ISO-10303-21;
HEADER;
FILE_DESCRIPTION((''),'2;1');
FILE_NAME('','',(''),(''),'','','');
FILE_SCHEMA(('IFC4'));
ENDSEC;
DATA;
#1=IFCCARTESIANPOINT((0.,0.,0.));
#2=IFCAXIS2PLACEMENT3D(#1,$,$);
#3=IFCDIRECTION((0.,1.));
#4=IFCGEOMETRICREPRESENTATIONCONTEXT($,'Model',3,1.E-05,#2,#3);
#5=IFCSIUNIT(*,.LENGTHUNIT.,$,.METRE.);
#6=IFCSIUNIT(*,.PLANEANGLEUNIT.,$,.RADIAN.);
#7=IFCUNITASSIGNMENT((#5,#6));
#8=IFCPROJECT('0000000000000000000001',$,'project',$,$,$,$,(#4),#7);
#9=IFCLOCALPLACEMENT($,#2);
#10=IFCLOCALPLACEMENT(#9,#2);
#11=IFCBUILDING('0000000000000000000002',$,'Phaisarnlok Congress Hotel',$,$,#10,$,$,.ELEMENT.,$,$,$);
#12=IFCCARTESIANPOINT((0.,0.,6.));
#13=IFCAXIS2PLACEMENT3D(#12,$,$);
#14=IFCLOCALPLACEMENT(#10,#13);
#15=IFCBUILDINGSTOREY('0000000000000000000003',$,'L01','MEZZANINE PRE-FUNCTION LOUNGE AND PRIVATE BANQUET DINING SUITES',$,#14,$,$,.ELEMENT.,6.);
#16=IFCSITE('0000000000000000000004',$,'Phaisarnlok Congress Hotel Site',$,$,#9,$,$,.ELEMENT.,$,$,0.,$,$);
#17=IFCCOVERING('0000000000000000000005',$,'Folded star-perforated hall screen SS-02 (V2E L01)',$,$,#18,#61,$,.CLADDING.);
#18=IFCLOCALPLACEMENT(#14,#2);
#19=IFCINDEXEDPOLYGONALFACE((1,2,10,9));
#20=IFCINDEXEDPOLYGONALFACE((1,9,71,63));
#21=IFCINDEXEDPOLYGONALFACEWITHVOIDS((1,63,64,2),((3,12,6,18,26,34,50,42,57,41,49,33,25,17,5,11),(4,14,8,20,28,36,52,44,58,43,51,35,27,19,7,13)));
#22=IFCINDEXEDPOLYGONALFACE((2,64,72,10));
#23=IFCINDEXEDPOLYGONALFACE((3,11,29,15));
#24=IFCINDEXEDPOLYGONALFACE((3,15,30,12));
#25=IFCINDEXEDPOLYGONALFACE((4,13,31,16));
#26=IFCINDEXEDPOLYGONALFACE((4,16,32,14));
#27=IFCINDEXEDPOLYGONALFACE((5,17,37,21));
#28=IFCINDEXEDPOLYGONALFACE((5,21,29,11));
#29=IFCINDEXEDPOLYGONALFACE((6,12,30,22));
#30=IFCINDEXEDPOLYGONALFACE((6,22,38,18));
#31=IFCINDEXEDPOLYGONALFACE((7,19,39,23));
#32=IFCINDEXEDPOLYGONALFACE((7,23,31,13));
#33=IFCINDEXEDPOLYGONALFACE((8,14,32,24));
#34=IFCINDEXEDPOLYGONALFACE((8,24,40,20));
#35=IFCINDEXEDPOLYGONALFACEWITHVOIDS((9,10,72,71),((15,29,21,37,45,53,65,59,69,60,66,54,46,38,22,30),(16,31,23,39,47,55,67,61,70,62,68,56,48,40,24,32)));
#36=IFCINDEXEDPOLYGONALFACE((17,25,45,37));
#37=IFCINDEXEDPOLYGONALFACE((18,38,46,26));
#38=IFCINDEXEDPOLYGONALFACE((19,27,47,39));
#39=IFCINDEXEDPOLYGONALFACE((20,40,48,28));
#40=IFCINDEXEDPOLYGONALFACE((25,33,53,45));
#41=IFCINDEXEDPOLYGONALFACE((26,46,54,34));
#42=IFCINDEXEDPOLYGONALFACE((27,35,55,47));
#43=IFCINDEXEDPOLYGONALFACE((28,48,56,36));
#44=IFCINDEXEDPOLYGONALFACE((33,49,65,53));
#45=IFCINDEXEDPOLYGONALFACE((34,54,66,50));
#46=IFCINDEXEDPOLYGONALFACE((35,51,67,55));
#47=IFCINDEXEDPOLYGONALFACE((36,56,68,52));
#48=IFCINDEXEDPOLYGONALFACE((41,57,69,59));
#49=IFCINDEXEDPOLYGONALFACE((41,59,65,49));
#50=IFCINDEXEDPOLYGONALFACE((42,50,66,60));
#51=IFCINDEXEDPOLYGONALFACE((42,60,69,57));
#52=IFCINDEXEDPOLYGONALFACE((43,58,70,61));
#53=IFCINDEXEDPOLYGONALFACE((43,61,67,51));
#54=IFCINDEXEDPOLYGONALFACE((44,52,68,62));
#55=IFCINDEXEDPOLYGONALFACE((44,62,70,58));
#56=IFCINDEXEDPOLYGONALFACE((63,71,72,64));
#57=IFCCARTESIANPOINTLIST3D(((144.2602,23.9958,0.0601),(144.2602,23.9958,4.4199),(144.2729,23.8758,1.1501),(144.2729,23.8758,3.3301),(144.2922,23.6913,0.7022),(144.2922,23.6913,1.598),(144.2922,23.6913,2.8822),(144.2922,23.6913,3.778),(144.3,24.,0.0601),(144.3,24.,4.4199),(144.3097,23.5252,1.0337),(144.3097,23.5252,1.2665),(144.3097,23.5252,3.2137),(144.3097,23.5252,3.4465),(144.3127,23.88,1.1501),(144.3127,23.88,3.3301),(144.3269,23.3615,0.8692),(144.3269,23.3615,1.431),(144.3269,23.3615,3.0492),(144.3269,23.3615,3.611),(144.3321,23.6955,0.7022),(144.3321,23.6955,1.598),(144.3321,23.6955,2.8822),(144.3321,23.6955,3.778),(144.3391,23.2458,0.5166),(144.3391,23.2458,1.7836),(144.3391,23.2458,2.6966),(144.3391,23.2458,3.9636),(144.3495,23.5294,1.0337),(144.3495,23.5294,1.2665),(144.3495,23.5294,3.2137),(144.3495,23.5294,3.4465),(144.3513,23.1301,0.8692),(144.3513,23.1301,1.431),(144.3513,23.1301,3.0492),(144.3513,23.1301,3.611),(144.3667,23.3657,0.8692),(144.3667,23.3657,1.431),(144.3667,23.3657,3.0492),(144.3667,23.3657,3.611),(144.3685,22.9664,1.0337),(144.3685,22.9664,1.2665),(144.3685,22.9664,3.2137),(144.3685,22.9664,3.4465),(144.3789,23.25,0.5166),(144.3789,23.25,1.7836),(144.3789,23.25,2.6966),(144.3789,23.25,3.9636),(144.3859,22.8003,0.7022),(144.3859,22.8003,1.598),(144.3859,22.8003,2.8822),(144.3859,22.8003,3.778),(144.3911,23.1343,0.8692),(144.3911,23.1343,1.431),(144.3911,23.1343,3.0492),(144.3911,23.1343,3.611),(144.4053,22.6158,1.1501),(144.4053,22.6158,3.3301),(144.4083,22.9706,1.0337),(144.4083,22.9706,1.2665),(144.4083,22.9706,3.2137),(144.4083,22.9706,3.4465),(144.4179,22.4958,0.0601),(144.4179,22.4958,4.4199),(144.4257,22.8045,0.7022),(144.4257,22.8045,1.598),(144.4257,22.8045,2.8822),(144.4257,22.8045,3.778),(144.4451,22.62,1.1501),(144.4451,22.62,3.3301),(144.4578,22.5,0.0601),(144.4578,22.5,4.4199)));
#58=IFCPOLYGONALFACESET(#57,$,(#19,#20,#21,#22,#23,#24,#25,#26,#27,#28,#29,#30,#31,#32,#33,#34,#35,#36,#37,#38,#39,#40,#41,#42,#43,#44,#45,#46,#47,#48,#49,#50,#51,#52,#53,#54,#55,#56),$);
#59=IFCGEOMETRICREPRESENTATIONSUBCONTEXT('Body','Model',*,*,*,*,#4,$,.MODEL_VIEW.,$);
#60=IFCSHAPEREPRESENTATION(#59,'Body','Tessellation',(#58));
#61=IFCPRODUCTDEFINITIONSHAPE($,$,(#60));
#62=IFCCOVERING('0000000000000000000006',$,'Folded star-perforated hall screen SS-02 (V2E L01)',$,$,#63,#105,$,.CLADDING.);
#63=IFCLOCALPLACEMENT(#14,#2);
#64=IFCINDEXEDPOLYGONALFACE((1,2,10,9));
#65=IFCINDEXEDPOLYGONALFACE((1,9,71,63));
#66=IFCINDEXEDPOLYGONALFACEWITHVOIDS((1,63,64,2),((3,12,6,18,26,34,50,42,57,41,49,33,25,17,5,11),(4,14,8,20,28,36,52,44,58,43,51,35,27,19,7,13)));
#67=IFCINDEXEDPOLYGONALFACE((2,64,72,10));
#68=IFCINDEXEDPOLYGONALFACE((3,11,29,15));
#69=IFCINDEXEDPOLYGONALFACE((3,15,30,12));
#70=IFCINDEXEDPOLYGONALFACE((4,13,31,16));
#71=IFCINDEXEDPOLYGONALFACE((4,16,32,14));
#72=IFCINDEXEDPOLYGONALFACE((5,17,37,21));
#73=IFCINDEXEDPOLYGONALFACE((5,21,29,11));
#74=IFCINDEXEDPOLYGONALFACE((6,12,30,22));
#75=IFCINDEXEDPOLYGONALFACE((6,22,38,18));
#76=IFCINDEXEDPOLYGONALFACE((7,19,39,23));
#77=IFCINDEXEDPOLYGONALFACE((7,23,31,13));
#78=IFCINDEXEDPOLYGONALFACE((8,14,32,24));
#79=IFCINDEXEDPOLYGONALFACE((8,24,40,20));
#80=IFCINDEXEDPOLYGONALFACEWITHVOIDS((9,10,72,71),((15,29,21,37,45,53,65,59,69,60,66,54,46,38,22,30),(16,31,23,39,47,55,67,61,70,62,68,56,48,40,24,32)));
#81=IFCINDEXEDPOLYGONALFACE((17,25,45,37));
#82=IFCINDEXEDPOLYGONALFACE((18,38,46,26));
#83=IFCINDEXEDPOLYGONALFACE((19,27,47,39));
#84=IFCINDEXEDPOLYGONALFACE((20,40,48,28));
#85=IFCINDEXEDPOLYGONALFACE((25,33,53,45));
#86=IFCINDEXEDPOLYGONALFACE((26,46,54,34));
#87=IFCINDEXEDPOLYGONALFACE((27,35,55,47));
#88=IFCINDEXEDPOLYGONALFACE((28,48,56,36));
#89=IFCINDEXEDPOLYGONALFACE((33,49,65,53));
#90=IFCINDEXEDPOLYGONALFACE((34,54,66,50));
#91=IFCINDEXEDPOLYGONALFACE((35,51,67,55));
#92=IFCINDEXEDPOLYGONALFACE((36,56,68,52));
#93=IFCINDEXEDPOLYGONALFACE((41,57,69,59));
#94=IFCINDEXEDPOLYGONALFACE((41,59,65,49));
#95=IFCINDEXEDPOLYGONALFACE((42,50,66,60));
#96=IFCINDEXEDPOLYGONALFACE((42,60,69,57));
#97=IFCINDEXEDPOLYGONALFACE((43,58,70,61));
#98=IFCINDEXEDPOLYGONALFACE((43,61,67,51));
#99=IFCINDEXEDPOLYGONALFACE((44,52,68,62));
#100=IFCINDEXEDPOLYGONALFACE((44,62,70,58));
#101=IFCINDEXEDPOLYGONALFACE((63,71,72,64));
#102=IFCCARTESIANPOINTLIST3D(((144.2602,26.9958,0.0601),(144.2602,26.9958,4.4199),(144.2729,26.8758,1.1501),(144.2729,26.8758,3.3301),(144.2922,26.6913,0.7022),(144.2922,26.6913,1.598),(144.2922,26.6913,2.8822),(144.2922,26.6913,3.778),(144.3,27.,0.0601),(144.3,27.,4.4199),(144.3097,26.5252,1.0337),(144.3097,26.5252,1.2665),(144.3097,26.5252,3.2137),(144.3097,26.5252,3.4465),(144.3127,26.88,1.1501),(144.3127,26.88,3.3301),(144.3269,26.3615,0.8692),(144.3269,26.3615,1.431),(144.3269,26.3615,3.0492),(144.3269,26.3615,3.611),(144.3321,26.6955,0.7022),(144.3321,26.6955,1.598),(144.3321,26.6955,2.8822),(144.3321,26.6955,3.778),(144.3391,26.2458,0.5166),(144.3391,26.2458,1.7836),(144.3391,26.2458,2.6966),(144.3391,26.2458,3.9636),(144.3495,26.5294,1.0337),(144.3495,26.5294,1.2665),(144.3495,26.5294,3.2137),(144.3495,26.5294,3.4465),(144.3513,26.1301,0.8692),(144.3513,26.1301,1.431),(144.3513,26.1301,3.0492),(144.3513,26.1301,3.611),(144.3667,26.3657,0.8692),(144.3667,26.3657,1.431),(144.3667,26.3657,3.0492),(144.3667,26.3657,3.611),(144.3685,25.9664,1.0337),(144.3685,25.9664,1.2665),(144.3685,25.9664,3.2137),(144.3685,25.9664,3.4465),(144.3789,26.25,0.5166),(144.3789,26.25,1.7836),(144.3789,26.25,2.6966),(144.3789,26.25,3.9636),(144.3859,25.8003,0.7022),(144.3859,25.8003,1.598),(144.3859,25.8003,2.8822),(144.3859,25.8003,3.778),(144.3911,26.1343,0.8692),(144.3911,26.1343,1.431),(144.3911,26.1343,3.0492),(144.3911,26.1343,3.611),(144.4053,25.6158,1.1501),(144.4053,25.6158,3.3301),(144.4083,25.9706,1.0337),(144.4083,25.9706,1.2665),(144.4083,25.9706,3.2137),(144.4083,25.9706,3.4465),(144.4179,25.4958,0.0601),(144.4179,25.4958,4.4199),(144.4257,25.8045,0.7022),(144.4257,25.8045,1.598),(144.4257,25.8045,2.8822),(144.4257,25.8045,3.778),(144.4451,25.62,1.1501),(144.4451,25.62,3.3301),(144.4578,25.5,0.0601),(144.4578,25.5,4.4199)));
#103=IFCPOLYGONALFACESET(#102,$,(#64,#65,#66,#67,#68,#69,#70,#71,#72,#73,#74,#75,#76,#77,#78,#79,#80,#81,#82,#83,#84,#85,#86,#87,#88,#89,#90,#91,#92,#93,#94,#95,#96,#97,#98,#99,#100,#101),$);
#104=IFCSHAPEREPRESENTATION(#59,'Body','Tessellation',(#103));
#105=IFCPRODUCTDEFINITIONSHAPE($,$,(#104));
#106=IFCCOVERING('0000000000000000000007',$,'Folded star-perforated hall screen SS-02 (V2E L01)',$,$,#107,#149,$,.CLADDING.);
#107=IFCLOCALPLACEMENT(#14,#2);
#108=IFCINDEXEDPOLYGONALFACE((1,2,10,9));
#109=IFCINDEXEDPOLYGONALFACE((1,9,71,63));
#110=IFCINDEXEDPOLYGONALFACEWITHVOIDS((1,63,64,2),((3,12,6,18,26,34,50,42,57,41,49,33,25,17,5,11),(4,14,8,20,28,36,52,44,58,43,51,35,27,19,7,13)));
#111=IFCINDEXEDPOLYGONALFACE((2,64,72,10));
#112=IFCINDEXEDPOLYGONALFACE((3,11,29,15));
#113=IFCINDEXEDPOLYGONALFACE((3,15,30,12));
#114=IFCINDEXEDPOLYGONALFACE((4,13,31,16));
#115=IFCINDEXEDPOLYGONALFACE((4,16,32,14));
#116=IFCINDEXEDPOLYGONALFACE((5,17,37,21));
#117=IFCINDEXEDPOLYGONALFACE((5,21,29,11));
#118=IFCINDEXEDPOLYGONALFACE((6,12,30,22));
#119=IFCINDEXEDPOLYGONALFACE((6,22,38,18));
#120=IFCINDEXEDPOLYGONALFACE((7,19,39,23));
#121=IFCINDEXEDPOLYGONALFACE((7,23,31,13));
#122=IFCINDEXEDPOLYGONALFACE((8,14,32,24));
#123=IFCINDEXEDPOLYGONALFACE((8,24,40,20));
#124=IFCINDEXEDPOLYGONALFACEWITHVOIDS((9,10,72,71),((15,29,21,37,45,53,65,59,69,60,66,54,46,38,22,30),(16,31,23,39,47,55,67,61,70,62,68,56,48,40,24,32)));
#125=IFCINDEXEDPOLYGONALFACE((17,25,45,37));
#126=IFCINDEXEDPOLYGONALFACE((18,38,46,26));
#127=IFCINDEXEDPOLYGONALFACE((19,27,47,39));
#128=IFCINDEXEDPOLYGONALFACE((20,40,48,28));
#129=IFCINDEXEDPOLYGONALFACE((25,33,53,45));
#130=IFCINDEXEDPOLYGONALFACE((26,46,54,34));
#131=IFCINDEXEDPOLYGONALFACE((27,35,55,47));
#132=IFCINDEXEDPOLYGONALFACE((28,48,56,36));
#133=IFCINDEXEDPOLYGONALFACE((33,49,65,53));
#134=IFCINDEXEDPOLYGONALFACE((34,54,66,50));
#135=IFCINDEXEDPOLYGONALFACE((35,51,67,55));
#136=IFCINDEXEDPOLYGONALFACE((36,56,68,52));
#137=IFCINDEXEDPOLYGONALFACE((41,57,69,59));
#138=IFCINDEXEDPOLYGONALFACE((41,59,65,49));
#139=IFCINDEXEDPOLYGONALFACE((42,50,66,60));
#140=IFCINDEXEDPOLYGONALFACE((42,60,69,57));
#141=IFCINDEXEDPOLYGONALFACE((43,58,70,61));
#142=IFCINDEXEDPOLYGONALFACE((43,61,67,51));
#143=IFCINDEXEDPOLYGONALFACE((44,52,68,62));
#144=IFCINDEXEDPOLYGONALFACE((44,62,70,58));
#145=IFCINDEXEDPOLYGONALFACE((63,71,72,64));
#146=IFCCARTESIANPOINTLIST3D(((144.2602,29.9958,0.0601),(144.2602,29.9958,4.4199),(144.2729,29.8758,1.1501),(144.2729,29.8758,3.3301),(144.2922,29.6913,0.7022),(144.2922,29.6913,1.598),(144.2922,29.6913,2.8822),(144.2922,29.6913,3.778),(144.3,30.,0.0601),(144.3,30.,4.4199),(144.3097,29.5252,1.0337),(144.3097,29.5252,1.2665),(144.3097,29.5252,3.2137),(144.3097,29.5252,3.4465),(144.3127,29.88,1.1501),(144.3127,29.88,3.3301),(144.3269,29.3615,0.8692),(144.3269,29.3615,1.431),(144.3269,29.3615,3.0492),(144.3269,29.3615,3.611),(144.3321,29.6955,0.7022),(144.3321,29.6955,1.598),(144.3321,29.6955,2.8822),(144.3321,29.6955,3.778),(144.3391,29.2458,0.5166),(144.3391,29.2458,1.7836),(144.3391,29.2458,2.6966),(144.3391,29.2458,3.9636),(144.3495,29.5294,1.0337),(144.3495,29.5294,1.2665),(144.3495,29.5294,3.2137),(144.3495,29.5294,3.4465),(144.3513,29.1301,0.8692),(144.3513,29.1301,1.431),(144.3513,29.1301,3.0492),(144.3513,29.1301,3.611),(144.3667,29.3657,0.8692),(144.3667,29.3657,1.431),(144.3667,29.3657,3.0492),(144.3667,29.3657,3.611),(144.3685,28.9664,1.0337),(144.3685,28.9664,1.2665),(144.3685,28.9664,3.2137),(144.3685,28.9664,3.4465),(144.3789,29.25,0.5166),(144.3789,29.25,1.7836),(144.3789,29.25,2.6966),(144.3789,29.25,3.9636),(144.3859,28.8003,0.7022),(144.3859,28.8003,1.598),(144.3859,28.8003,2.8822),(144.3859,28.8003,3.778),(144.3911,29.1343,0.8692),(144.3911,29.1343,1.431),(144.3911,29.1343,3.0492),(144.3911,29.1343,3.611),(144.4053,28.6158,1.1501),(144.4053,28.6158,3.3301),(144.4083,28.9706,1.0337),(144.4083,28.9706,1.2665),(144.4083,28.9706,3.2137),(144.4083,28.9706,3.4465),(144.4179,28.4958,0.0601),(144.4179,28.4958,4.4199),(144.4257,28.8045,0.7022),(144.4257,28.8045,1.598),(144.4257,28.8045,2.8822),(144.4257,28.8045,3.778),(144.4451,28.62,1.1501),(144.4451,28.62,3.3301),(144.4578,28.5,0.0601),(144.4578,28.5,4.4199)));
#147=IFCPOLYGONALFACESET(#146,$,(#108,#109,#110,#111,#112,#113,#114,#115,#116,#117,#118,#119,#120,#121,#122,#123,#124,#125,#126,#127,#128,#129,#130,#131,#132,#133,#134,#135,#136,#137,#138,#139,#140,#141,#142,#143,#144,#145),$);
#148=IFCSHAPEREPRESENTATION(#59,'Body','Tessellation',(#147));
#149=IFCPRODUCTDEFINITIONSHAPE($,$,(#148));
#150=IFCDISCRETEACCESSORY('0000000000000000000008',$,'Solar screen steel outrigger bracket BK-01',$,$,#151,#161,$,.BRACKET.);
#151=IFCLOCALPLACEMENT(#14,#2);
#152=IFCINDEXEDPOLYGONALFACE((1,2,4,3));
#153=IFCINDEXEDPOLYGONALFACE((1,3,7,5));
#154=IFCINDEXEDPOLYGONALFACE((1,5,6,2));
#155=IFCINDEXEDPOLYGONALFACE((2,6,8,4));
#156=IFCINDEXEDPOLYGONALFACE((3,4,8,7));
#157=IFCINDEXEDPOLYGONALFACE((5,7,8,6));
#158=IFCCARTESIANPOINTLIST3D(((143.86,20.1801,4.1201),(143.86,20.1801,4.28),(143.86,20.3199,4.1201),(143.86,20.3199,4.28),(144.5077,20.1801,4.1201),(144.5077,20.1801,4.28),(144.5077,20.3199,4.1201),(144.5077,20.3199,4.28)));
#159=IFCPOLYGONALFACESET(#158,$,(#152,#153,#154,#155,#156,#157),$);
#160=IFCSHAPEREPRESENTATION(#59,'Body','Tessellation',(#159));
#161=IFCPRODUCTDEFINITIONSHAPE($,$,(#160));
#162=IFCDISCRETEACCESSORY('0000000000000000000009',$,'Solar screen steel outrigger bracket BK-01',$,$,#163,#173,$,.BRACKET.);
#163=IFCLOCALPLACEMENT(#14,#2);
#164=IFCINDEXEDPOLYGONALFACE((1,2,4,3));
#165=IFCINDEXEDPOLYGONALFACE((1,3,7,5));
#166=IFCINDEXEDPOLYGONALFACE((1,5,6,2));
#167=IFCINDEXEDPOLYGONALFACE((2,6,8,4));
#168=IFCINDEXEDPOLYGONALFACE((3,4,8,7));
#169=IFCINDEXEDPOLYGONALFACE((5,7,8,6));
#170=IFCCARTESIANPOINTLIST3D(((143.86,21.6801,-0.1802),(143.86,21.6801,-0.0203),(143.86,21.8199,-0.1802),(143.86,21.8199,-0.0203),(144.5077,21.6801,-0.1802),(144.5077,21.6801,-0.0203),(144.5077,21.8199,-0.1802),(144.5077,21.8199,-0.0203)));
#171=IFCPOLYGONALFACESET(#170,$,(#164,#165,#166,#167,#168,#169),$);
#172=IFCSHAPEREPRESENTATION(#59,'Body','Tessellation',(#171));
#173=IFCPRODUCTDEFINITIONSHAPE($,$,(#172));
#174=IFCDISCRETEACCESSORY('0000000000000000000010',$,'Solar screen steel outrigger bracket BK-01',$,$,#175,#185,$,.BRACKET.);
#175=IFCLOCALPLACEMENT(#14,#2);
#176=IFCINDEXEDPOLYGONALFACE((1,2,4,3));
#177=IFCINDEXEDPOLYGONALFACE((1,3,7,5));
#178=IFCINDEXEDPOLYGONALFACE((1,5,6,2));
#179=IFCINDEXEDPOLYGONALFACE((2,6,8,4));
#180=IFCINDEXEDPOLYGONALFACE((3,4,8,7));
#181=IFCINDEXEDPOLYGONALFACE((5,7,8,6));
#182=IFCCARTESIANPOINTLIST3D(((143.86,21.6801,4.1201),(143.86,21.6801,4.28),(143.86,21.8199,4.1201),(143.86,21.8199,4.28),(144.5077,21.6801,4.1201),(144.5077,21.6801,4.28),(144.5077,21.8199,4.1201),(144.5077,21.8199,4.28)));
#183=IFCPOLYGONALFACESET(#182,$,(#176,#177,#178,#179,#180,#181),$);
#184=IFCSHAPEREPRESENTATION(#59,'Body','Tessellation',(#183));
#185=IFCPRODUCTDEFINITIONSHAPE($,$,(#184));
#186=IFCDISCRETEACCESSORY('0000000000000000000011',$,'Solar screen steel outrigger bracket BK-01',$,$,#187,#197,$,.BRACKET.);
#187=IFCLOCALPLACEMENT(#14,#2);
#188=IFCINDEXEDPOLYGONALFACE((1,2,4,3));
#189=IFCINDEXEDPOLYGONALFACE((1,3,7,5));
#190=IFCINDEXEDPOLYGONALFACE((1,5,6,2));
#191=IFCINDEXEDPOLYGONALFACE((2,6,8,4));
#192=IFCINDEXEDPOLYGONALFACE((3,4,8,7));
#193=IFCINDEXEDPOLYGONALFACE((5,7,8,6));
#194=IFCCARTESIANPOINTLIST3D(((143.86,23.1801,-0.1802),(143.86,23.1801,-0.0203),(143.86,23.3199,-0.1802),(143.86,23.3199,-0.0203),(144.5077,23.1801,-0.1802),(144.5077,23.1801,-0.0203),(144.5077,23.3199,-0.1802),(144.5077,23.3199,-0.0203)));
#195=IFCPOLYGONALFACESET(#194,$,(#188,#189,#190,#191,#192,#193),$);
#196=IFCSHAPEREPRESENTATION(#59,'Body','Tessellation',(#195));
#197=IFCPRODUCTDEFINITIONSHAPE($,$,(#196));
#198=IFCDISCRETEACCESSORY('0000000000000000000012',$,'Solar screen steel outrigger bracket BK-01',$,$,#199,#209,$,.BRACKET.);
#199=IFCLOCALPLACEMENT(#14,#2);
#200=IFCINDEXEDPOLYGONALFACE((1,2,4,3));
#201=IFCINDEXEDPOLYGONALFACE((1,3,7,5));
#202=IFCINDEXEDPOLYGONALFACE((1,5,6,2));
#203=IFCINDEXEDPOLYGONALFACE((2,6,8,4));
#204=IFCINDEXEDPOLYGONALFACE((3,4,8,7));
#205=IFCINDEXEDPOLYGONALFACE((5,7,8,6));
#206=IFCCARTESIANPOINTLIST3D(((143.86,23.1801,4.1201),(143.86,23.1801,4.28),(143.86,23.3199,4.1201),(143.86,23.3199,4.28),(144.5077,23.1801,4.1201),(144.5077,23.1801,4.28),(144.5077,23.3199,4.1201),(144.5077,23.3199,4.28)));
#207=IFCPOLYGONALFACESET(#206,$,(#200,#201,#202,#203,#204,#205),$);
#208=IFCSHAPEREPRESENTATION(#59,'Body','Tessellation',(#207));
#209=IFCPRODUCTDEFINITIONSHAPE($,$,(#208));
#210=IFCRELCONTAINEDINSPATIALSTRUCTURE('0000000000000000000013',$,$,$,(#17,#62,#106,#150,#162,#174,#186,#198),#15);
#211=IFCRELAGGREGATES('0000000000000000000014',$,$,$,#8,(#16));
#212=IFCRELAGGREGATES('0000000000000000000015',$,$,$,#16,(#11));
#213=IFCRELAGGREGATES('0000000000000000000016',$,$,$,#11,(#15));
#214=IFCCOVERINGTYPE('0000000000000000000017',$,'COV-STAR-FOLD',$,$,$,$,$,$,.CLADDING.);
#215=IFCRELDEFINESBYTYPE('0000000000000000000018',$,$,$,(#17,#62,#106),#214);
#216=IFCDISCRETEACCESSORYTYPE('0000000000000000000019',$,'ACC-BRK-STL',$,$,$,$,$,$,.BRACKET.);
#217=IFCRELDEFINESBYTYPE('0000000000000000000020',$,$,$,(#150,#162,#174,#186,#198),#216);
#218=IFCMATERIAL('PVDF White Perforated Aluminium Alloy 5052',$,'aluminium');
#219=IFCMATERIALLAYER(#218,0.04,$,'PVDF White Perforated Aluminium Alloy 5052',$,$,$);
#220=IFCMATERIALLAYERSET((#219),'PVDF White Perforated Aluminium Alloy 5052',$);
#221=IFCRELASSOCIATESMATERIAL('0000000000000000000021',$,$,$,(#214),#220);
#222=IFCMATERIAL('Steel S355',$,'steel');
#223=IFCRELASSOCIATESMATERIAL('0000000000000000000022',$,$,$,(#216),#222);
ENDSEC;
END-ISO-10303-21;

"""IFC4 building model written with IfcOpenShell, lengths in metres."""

from ifc_helpers import new_model, si_unit, direction, frame, origin, origin_2d, place, context, subcontext, project, spatial, polyline, rectangle, outline, extrude, material, layer, layer_set, type_object, element, save


model = new_model("IFC4")

# Units and contexts
model_context = context("Model", 3, precision=1e-05, world=origin(), true_north=direction((0.0, 1.0)))
body_context = subcontext(model_context, "Body", "Model", "MODEL_VIEW")
ifc_project = project(units=[si_unit("LENGTHUNIT", "METRE"), si_unit("PLANEANGLEUNIT", "RADIAN")], contexts=[model_context])

# Site, building, storey
site_placement = place(None, origin())
site = spatial("IfcSite", under=ifc_project, at=site_placement, Name="Phaisarnlok Congress Hotel Site", CompositionType="ELEMENT", RefElevation=0.0)
building_placement = place(site_placement, origin())
building = spatial("IfcBuilding", under=site, at=building_placement, Name="Phaisarnlok Congress Hotel", CompositionType="ELEMENT")
storey_placement = place(building_placement, frame((0.0, 0.0, 6.0)))
storey = spatial("IfcBuildingStorey", under=building, at=storey_placement, Name="L01", Description="MEZZANINE PRE-FUNCTION LOUNGE AND PRIVATE BANQUET DINING SUITES", CompositionType="ELEMENT", Elevation=6.0)

# Shared definitions
ifc_material_1 = material(Name="Steel S355", Category="steel")

# Coverings
ifc_material_2 = material(Name="PVDF White Perforated Aluminium Alloy 5052", Category="aluminium")
ifc_layer_1 = layer(ifc_material_2, 0.04, Name="PVDF White Perforated Aluminium Alloy 5052")
ifc_layer_set_1 = layer_set([ifc_layer_1], Name="PVDF White Perforated Aluminium Alloy 5052")
covering_type = type_object("IfcCoveringType", Name="COV-STAR-FOLD", PredefinedType="CLADDING", material=ifc_layer_set_1)
for number, where, z_axis, x_axis, name in (
    (1, (144.3, 24.0, 0.0601), (-0.994518, -0.104567, 0.0), (0.104567, -0.994518, 0.0), "Folded star-perforated hall screen SS-02 (V2E L01)"),
    (2, (144.3, 27.0, 0.0601), (-0.994518, -0.104567, 0.0), (0.104567, -0.994518, 0.0), "Folded star-perforated hall screen SS-02 (V2E L01)"),
    (3, (144.3, 30.0, 0.0601), (-0.994518, -0.104567, 0.0), (0.104567, -0.994518, 0.0), "Folded star-perforated hall screen SS-02 (V2E L01)"),
):
    element("IfcCovering", number, at=place(storey_placement, frame(where, z_axis=z_axis, x_axis=x_axis)), inside=storey, type_object=covering_type, Name=name, PredefinedType="CLADDING", context=body_context, shape_type="SweptSolid", body=[
        extrude(outline(polyline([(0.0, 0.0), (1.5083, 0.0), (1.5083, 4.3599), (0.0, 4.3599), (0.0, 0.0)]), holes=[polyline([(1.0351, 0.9736), (1.2021, 0.6421), (0.8705, 0.8091), (0.7541, 0.4565), (0.6378, 0.8091), (0.3062, 0.6421), (0.4732, 0.9736), (0.1207, 1.09), (0.4732, 1.2064), (0.3062, 1.5379), (0.6378, 1.3709), (0.7541, 1.7235), (0.8705, 1.3709), (1.2021, 1.5379), (1.0351, 1.2064), (1.3876, 1.09), (1.0351, 0.9736)]), polyline([(1.0351, 3.1536), (1.2021, 2.8221), (0.8705, 2.9891), (0.7541, 2.6365), (0.6378, 2.9891), (0.3062, 2.8221), (0.4732, 3.1536), (0.1207, 3.27), (0.4732, 3.3864), (0.3062, 3.7179), (0.6378, 3.5509), (0.7541, 3.9035), (0.8705, 3.5509), (1.2021, 3.7179), (1.0351, 3.3864), (1.3876, 3.27), (1.0351, 3.1536)])]), origin(), (0.0, 0.0, 1.0), 0.04),
    ])

# Discrete accessories
discrete_accessory_type = type_object("IfcDiscreteAccessoryType", Name="ACC-BRK-STL", PredefinedType="BRACKET", material=ifc_material_1)
for number, where, z_axis, x_axis, name in (
    (4, (144.1838, 20.25, 4.1201), (0.0, 0.0, 1.0), (1.0, 0.0, 0.0), "Solar screen steel outrigger bracket BK-01"),
    (5, (144.1838, 21.75, -0.1802), (0.0, 0.0, 1.0), (1.0, 0.0, 0.0), "Solar screen steel outrigger bracket BK-01"),
    (6, (144.1838, 21.75, 4.1201), (0.0, 0.0, 1.0), (1.0, 0.0, 0.0), "Solar screen steel outrigger bracket BK-01"),
    (7, (144.1838, 23.25, -0.1802), (0.0, 0.0, 1.0), (1.0, 0.0, 0.0), "Solar screen steel outrigger bracket BK-01"),
    (8, (144.1838, 23.25, 4.1201), (0.0, 0.0, 1.0), (1.0, 0.0, 0.0), "Solar screen steel outrigger bracket BK-01"),
):
    element("IfcDiscreteAccessory", number, at=place(storey_placement, frame(where, z_axis=z_axis, x_axis=x_axis)), inside=storey, type_object=discrete_accessory_type, Name=name, PredefinedType="BRACKET", context=body_context, shape_type="SweptSolid", body=[
        extrude(rectangle(XDim=0.6477, YDim=0.1399, at=origin_2d()), origin(), (0.0, 0.0, 1.0), 0.1599),
    ])

save(model, "model.ifc")
